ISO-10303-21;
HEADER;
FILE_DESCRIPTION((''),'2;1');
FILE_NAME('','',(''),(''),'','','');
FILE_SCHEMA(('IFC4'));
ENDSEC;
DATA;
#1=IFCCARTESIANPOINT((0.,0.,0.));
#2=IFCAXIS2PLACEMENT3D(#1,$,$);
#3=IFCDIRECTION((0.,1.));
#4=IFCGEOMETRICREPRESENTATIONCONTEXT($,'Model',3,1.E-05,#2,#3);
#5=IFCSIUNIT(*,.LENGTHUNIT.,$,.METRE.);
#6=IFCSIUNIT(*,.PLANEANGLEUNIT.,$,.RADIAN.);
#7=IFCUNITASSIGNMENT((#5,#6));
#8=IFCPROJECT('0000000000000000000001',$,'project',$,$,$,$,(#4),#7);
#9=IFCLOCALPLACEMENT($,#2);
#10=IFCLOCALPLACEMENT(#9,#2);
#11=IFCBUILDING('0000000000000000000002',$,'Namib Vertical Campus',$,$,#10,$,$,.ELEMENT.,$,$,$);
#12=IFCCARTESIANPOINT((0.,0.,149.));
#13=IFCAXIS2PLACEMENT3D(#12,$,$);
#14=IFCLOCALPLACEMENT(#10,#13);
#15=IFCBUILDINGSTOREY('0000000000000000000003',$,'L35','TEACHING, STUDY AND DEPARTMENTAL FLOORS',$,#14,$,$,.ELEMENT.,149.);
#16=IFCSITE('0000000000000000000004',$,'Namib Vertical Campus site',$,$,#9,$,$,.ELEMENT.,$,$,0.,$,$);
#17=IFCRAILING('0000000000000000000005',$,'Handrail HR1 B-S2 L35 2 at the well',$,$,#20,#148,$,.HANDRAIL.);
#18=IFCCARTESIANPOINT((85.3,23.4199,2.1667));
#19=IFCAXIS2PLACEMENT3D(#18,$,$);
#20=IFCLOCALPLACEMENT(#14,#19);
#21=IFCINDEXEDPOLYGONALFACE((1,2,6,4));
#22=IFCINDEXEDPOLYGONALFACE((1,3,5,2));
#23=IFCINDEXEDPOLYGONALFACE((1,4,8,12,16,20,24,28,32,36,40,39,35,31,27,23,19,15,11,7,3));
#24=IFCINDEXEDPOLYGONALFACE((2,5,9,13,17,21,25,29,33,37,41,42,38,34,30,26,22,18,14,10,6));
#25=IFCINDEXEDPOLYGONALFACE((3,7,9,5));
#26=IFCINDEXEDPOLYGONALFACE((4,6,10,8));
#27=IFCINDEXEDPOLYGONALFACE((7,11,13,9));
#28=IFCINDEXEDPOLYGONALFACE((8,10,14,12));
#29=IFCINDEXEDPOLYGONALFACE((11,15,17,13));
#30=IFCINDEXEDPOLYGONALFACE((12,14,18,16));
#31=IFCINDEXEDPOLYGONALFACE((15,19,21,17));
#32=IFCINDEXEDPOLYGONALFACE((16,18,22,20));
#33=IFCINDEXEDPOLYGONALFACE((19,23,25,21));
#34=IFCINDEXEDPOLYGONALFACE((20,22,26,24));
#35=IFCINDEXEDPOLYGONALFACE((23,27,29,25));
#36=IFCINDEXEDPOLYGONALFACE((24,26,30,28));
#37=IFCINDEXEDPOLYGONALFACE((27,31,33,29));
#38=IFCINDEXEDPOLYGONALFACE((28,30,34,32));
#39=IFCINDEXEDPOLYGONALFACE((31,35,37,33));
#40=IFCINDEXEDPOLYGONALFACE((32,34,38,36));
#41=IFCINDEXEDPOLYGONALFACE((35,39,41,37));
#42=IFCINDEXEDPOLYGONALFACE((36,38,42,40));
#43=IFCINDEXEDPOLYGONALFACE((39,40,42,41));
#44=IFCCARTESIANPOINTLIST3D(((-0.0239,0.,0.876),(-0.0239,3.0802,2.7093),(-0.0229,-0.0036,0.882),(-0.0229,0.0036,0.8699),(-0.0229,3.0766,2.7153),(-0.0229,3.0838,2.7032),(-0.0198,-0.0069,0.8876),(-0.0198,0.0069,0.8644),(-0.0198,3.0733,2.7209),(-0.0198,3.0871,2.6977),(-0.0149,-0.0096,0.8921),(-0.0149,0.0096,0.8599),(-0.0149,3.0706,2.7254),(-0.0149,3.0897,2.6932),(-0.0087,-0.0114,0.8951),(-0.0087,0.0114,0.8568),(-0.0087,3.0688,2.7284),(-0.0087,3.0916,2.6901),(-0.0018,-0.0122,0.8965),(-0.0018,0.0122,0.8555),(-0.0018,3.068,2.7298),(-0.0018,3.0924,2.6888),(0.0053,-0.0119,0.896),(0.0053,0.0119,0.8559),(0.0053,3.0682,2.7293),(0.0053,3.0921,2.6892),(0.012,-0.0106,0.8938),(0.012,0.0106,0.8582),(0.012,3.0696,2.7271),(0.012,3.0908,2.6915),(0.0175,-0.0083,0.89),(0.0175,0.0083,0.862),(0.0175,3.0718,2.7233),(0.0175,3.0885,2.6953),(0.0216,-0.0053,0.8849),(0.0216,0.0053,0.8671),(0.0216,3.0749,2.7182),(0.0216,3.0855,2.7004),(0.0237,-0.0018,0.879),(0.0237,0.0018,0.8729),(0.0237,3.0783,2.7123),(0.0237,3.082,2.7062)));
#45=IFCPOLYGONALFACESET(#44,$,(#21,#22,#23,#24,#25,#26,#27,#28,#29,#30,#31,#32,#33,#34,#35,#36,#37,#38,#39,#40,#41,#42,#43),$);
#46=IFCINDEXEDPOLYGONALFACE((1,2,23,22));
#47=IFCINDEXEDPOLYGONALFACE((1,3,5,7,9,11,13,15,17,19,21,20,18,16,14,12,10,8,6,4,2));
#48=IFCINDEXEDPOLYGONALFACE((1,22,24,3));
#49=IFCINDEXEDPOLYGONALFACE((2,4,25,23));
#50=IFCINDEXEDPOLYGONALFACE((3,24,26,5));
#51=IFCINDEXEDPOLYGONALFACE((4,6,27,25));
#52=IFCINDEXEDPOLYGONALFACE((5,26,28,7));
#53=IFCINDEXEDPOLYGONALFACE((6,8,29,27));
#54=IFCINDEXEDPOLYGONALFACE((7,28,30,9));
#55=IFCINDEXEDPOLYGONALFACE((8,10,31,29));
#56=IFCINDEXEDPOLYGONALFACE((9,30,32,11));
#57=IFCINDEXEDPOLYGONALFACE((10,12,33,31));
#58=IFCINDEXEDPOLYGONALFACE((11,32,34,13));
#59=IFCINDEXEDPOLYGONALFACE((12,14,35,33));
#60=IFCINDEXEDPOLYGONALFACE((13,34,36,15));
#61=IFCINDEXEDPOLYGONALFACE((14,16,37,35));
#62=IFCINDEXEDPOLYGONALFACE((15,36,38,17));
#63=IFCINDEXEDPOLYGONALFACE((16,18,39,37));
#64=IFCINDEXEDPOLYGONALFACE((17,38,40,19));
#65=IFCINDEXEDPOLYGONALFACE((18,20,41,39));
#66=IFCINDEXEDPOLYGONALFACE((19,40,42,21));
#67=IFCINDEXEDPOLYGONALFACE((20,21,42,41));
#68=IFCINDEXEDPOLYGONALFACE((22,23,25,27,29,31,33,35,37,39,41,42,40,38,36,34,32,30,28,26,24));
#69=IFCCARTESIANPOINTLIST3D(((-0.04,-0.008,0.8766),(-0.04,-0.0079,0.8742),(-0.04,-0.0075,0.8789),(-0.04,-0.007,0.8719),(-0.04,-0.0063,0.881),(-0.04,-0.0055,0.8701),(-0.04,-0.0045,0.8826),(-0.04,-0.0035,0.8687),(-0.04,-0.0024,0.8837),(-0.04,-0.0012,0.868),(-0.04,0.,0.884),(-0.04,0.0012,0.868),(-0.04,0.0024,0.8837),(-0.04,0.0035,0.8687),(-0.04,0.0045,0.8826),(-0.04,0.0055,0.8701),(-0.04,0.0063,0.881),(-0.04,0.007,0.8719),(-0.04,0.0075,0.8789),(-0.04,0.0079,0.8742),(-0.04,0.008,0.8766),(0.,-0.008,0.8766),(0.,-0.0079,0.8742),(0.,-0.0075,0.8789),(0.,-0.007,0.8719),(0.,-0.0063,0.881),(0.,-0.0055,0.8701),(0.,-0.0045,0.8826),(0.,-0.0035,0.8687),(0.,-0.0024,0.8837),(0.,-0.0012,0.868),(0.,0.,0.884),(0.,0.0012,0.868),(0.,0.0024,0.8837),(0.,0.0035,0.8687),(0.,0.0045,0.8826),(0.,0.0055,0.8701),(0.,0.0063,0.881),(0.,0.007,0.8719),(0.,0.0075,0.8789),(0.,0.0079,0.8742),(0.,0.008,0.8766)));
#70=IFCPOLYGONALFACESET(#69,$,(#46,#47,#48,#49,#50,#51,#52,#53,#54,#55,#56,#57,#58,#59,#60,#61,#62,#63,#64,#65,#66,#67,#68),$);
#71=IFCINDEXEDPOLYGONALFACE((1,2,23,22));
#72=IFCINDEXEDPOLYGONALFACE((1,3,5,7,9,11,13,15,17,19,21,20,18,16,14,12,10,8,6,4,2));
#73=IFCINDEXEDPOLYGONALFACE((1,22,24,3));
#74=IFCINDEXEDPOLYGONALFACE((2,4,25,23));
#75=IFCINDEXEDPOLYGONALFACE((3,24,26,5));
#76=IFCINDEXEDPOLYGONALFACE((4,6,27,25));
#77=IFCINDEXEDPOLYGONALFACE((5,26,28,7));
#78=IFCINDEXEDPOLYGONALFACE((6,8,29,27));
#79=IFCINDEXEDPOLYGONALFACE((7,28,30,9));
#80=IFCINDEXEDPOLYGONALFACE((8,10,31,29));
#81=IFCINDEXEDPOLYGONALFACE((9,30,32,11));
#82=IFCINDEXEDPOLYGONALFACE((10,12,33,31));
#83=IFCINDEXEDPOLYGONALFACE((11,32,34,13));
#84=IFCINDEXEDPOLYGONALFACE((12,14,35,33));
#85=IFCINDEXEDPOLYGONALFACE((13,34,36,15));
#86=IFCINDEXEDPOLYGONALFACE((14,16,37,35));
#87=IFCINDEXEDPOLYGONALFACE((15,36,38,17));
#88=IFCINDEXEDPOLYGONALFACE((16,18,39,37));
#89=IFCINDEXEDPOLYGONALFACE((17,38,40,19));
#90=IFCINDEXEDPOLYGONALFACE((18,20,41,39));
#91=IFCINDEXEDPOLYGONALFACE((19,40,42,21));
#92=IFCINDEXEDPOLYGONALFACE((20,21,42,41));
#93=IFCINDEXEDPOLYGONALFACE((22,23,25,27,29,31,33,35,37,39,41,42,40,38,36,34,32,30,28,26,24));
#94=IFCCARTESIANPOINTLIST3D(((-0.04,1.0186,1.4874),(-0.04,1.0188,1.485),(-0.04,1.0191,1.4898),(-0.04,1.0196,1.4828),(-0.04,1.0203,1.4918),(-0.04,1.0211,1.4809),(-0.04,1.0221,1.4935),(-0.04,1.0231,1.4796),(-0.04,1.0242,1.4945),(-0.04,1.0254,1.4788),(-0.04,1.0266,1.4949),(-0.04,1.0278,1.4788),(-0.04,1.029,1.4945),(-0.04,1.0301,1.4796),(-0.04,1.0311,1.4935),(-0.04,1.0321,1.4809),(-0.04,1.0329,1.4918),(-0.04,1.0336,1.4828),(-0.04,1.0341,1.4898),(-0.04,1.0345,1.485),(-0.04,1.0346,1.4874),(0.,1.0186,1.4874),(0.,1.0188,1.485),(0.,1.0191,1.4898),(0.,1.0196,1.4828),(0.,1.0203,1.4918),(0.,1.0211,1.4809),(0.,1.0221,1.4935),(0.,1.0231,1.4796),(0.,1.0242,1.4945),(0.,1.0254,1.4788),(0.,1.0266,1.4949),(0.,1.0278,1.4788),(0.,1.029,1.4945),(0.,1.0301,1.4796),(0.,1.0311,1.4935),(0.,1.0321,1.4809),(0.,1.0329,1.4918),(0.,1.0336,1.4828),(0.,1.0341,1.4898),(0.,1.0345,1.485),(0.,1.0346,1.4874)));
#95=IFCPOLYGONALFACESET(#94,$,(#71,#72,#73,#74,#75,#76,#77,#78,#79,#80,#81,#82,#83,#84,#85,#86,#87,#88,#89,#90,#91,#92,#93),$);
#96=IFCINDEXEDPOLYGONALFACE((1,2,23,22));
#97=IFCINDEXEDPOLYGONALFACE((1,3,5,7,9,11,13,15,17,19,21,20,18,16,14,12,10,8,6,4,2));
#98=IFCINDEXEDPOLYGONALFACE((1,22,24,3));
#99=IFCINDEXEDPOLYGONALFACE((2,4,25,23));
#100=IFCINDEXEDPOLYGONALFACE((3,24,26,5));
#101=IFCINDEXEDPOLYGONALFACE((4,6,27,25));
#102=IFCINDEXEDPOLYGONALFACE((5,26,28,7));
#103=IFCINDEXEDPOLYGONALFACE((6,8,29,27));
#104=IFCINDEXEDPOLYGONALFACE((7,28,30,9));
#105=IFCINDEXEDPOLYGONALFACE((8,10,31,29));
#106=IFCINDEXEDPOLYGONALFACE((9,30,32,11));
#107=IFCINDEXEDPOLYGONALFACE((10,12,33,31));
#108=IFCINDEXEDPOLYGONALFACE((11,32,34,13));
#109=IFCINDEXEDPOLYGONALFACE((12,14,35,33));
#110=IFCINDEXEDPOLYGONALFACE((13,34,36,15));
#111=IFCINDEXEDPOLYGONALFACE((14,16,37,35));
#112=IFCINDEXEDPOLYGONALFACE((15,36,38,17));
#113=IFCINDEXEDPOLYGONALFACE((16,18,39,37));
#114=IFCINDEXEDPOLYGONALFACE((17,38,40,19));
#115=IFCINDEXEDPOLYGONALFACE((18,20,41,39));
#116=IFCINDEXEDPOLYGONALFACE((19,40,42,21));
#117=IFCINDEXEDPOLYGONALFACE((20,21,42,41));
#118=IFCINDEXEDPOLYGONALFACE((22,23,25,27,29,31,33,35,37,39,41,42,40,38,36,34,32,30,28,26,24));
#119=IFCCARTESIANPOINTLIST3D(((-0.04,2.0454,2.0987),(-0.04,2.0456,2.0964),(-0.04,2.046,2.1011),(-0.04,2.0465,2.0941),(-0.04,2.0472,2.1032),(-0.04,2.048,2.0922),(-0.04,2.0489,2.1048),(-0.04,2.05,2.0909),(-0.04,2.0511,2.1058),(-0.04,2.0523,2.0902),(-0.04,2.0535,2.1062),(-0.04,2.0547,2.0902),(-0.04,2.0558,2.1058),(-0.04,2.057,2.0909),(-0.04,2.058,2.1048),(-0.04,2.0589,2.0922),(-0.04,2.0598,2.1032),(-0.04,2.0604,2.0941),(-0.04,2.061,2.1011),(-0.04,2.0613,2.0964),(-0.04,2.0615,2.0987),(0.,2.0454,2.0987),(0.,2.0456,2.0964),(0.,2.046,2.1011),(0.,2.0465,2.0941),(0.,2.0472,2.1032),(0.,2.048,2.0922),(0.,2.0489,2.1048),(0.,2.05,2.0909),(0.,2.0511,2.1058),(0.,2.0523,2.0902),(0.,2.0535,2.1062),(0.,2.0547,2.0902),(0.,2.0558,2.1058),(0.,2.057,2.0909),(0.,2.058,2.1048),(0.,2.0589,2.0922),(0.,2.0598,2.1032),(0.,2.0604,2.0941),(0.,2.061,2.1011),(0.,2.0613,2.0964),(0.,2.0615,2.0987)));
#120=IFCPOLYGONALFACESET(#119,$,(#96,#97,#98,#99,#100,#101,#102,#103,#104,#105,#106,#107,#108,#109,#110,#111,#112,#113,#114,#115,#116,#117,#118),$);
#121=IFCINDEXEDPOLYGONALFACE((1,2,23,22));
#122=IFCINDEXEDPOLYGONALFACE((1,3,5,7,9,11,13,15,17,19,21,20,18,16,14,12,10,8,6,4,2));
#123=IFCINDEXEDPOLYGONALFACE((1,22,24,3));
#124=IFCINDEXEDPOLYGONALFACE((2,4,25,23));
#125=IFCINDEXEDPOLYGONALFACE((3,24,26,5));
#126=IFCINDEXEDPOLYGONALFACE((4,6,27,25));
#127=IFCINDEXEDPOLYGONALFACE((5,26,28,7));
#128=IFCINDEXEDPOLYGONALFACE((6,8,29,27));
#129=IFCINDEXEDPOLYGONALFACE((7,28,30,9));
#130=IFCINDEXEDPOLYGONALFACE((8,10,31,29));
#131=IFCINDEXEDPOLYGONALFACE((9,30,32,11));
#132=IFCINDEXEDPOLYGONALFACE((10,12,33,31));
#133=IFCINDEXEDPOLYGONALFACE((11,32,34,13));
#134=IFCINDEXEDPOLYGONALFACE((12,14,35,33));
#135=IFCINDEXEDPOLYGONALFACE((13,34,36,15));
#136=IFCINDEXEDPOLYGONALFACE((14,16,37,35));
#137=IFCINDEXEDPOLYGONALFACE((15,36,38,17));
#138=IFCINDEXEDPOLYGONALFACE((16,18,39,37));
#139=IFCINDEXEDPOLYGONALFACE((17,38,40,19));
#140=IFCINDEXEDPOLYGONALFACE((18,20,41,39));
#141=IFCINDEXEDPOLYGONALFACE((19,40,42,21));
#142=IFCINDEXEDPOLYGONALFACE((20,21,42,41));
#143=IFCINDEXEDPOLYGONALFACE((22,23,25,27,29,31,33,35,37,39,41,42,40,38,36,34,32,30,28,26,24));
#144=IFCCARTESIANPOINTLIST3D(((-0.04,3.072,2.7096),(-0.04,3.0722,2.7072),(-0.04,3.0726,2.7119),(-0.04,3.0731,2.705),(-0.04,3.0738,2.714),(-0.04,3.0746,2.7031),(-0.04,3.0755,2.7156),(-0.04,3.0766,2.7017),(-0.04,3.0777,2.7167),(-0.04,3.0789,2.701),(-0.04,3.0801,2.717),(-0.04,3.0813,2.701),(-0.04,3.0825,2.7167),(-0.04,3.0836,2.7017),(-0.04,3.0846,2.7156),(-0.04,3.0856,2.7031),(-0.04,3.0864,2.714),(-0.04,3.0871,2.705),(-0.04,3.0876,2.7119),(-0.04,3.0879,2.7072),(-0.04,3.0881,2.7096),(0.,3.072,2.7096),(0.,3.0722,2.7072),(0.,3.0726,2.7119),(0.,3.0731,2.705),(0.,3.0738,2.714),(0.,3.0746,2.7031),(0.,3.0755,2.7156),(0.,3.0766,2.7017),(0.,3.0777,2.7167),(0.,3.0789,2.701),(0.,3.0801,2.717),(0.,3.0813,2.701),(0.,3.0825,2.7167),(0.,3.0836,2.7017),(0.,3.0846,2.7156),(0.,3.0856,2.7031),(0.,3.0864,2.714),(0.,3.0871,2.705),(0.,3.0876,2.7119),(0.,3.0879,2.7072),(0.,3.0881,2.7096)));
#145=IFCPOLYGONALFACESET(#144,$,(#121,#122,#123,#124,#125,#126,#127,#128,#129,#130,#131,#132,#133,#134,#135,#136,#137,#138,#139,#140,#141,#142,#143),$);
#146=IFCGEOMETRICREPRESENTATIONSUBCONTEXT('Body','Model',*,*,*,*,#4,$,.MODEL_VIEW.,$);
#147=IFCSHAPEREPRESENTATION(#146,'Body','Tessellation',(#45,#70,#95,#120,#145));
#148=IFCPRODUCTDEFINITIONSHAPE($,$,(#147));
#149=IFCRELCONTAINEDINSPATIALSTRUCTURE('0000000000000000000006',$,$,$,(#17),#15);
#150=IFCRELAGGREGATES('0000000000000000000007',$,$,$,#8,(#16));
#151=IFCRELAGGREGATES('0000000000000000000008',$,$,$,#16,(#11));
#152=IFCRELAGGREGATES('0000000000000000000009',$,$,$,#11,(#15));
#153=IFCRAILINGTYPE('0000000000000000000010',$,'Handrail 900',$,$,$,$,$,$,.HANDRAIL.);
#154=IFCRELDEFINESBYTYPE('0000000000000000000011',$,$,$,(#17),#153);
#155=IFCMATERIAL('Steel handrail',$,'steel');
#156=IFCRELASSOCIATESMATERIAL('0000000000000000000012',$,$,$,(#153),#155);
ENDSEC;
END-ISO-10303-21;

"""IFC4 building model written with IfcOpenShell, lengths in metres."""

from ifc_helpers import new_model, si_unit, direction, frame, origin, origin_2d, place, context, subcontext, project, spatial, circle, extrude, material, type_object, element, save


model = new_model("IFC4")

# Units and contexts
model_context = context("Model", 3, precision=1e-05, world=origin(), true_north=direction((0.0, 1.0)))
body_context = subcontext(model_context, "Body", "Model", "MODEL_VIEW")
ifc_project = project(units=[si_unit("LENGTHUNIT", "METRE"), si_unit("PLANEANGLEUNIT", "RADIAN")], contexts=[model_context])

# Site, building, storey
site_placement = place(None, origin())
site = spatial("IfcSite", under=ifc_project, at=site_placement, Name="Namib Vertical Campus site", CompositionType="ELEMENT", RefElevation=0.0)
building_placement = place(site_placement, origin())
building = spatial("IfcBuilding", under=site, at=building_placement, Name="Namib Vertical Campus", CompositionType="ELEMENT")
storey_placement = place(building_placement, frame((0.0, 0.0, 149.0)))
storey = spatial("IfcBuildingStorey", under=building, at=storey_placement, Name="L35", Description="TEACHING, STUDY AND DEPARTMENTAL FLOORS", CompositionType="ELEMENT", Elevation=149.0)

# Railing
ifc_material_1 = material(Name="Steel handrail", Category="steel")
railing_type_1 = type_object("IfcRailingType", Name="Handrail 900", PredefinedType="HANDRAIL", material=ifc_material_1)
railing_1_placement = place(storey_placement, frame((85.3, 23.4199, 2.1667)))
element("IfcRailing", 1, at=railing_1_placement, inside=storey, type_object=railing_type_1, Name="Handrail HR1 B-S2 L35 2 at the well", PredefinedType="HANDRAIL", context=body_context, shape_type="SweptSolid", body=[
    extrude(circle(Radius=0.0239, at=origin_2d()), frame((0.0, 0.0, 0.876), z_axis=(0.0, 0.859309, 0.511458), x_axis=(-1.0, 0.0, 0.0)), (0.0, 0.0, 1.0), 3.5845),
    extrude(circle(Radius=0.0081, at=origin_2d()), frame((0.0, 0.0, 0.876), z_axis=(-1.0, 0.0, 0.0), x_axis=(0.0, 0.0, 1.0)), (0.0, 0.0, 1.0), 0.04),
    extrude(circle(Radius=0.0081, at=origin_2d()), frame((0.0, 1.0266, 1.4868), z_axis=(-1.0, 0.0, 0.0), x_axis=(0.0, 0.0, 1.0)), (0.0, 0.0, 1.0), 0.04),
    extrude(circle(Radius=0.0081, at=origin_2d()), frame((0.0, 2.0535, 2.0981), z_axis=(-1.0, 0.0, 0.0), x_axis=(0.0, 0.0, 1.0)), (0.0, 0.0, 1.0), 0.04),
    extrude(circle(Radius=0.0081, at=origin_2d()), frame((0.0, 3.0801, 2.709), z_axis=(-1.0, 0.0, 0.0), x_axis=(0.0, 0.0, 1.0)), (0.0, 0.0, 1.0), 0.04),
])

save(model, "model.ifc")
